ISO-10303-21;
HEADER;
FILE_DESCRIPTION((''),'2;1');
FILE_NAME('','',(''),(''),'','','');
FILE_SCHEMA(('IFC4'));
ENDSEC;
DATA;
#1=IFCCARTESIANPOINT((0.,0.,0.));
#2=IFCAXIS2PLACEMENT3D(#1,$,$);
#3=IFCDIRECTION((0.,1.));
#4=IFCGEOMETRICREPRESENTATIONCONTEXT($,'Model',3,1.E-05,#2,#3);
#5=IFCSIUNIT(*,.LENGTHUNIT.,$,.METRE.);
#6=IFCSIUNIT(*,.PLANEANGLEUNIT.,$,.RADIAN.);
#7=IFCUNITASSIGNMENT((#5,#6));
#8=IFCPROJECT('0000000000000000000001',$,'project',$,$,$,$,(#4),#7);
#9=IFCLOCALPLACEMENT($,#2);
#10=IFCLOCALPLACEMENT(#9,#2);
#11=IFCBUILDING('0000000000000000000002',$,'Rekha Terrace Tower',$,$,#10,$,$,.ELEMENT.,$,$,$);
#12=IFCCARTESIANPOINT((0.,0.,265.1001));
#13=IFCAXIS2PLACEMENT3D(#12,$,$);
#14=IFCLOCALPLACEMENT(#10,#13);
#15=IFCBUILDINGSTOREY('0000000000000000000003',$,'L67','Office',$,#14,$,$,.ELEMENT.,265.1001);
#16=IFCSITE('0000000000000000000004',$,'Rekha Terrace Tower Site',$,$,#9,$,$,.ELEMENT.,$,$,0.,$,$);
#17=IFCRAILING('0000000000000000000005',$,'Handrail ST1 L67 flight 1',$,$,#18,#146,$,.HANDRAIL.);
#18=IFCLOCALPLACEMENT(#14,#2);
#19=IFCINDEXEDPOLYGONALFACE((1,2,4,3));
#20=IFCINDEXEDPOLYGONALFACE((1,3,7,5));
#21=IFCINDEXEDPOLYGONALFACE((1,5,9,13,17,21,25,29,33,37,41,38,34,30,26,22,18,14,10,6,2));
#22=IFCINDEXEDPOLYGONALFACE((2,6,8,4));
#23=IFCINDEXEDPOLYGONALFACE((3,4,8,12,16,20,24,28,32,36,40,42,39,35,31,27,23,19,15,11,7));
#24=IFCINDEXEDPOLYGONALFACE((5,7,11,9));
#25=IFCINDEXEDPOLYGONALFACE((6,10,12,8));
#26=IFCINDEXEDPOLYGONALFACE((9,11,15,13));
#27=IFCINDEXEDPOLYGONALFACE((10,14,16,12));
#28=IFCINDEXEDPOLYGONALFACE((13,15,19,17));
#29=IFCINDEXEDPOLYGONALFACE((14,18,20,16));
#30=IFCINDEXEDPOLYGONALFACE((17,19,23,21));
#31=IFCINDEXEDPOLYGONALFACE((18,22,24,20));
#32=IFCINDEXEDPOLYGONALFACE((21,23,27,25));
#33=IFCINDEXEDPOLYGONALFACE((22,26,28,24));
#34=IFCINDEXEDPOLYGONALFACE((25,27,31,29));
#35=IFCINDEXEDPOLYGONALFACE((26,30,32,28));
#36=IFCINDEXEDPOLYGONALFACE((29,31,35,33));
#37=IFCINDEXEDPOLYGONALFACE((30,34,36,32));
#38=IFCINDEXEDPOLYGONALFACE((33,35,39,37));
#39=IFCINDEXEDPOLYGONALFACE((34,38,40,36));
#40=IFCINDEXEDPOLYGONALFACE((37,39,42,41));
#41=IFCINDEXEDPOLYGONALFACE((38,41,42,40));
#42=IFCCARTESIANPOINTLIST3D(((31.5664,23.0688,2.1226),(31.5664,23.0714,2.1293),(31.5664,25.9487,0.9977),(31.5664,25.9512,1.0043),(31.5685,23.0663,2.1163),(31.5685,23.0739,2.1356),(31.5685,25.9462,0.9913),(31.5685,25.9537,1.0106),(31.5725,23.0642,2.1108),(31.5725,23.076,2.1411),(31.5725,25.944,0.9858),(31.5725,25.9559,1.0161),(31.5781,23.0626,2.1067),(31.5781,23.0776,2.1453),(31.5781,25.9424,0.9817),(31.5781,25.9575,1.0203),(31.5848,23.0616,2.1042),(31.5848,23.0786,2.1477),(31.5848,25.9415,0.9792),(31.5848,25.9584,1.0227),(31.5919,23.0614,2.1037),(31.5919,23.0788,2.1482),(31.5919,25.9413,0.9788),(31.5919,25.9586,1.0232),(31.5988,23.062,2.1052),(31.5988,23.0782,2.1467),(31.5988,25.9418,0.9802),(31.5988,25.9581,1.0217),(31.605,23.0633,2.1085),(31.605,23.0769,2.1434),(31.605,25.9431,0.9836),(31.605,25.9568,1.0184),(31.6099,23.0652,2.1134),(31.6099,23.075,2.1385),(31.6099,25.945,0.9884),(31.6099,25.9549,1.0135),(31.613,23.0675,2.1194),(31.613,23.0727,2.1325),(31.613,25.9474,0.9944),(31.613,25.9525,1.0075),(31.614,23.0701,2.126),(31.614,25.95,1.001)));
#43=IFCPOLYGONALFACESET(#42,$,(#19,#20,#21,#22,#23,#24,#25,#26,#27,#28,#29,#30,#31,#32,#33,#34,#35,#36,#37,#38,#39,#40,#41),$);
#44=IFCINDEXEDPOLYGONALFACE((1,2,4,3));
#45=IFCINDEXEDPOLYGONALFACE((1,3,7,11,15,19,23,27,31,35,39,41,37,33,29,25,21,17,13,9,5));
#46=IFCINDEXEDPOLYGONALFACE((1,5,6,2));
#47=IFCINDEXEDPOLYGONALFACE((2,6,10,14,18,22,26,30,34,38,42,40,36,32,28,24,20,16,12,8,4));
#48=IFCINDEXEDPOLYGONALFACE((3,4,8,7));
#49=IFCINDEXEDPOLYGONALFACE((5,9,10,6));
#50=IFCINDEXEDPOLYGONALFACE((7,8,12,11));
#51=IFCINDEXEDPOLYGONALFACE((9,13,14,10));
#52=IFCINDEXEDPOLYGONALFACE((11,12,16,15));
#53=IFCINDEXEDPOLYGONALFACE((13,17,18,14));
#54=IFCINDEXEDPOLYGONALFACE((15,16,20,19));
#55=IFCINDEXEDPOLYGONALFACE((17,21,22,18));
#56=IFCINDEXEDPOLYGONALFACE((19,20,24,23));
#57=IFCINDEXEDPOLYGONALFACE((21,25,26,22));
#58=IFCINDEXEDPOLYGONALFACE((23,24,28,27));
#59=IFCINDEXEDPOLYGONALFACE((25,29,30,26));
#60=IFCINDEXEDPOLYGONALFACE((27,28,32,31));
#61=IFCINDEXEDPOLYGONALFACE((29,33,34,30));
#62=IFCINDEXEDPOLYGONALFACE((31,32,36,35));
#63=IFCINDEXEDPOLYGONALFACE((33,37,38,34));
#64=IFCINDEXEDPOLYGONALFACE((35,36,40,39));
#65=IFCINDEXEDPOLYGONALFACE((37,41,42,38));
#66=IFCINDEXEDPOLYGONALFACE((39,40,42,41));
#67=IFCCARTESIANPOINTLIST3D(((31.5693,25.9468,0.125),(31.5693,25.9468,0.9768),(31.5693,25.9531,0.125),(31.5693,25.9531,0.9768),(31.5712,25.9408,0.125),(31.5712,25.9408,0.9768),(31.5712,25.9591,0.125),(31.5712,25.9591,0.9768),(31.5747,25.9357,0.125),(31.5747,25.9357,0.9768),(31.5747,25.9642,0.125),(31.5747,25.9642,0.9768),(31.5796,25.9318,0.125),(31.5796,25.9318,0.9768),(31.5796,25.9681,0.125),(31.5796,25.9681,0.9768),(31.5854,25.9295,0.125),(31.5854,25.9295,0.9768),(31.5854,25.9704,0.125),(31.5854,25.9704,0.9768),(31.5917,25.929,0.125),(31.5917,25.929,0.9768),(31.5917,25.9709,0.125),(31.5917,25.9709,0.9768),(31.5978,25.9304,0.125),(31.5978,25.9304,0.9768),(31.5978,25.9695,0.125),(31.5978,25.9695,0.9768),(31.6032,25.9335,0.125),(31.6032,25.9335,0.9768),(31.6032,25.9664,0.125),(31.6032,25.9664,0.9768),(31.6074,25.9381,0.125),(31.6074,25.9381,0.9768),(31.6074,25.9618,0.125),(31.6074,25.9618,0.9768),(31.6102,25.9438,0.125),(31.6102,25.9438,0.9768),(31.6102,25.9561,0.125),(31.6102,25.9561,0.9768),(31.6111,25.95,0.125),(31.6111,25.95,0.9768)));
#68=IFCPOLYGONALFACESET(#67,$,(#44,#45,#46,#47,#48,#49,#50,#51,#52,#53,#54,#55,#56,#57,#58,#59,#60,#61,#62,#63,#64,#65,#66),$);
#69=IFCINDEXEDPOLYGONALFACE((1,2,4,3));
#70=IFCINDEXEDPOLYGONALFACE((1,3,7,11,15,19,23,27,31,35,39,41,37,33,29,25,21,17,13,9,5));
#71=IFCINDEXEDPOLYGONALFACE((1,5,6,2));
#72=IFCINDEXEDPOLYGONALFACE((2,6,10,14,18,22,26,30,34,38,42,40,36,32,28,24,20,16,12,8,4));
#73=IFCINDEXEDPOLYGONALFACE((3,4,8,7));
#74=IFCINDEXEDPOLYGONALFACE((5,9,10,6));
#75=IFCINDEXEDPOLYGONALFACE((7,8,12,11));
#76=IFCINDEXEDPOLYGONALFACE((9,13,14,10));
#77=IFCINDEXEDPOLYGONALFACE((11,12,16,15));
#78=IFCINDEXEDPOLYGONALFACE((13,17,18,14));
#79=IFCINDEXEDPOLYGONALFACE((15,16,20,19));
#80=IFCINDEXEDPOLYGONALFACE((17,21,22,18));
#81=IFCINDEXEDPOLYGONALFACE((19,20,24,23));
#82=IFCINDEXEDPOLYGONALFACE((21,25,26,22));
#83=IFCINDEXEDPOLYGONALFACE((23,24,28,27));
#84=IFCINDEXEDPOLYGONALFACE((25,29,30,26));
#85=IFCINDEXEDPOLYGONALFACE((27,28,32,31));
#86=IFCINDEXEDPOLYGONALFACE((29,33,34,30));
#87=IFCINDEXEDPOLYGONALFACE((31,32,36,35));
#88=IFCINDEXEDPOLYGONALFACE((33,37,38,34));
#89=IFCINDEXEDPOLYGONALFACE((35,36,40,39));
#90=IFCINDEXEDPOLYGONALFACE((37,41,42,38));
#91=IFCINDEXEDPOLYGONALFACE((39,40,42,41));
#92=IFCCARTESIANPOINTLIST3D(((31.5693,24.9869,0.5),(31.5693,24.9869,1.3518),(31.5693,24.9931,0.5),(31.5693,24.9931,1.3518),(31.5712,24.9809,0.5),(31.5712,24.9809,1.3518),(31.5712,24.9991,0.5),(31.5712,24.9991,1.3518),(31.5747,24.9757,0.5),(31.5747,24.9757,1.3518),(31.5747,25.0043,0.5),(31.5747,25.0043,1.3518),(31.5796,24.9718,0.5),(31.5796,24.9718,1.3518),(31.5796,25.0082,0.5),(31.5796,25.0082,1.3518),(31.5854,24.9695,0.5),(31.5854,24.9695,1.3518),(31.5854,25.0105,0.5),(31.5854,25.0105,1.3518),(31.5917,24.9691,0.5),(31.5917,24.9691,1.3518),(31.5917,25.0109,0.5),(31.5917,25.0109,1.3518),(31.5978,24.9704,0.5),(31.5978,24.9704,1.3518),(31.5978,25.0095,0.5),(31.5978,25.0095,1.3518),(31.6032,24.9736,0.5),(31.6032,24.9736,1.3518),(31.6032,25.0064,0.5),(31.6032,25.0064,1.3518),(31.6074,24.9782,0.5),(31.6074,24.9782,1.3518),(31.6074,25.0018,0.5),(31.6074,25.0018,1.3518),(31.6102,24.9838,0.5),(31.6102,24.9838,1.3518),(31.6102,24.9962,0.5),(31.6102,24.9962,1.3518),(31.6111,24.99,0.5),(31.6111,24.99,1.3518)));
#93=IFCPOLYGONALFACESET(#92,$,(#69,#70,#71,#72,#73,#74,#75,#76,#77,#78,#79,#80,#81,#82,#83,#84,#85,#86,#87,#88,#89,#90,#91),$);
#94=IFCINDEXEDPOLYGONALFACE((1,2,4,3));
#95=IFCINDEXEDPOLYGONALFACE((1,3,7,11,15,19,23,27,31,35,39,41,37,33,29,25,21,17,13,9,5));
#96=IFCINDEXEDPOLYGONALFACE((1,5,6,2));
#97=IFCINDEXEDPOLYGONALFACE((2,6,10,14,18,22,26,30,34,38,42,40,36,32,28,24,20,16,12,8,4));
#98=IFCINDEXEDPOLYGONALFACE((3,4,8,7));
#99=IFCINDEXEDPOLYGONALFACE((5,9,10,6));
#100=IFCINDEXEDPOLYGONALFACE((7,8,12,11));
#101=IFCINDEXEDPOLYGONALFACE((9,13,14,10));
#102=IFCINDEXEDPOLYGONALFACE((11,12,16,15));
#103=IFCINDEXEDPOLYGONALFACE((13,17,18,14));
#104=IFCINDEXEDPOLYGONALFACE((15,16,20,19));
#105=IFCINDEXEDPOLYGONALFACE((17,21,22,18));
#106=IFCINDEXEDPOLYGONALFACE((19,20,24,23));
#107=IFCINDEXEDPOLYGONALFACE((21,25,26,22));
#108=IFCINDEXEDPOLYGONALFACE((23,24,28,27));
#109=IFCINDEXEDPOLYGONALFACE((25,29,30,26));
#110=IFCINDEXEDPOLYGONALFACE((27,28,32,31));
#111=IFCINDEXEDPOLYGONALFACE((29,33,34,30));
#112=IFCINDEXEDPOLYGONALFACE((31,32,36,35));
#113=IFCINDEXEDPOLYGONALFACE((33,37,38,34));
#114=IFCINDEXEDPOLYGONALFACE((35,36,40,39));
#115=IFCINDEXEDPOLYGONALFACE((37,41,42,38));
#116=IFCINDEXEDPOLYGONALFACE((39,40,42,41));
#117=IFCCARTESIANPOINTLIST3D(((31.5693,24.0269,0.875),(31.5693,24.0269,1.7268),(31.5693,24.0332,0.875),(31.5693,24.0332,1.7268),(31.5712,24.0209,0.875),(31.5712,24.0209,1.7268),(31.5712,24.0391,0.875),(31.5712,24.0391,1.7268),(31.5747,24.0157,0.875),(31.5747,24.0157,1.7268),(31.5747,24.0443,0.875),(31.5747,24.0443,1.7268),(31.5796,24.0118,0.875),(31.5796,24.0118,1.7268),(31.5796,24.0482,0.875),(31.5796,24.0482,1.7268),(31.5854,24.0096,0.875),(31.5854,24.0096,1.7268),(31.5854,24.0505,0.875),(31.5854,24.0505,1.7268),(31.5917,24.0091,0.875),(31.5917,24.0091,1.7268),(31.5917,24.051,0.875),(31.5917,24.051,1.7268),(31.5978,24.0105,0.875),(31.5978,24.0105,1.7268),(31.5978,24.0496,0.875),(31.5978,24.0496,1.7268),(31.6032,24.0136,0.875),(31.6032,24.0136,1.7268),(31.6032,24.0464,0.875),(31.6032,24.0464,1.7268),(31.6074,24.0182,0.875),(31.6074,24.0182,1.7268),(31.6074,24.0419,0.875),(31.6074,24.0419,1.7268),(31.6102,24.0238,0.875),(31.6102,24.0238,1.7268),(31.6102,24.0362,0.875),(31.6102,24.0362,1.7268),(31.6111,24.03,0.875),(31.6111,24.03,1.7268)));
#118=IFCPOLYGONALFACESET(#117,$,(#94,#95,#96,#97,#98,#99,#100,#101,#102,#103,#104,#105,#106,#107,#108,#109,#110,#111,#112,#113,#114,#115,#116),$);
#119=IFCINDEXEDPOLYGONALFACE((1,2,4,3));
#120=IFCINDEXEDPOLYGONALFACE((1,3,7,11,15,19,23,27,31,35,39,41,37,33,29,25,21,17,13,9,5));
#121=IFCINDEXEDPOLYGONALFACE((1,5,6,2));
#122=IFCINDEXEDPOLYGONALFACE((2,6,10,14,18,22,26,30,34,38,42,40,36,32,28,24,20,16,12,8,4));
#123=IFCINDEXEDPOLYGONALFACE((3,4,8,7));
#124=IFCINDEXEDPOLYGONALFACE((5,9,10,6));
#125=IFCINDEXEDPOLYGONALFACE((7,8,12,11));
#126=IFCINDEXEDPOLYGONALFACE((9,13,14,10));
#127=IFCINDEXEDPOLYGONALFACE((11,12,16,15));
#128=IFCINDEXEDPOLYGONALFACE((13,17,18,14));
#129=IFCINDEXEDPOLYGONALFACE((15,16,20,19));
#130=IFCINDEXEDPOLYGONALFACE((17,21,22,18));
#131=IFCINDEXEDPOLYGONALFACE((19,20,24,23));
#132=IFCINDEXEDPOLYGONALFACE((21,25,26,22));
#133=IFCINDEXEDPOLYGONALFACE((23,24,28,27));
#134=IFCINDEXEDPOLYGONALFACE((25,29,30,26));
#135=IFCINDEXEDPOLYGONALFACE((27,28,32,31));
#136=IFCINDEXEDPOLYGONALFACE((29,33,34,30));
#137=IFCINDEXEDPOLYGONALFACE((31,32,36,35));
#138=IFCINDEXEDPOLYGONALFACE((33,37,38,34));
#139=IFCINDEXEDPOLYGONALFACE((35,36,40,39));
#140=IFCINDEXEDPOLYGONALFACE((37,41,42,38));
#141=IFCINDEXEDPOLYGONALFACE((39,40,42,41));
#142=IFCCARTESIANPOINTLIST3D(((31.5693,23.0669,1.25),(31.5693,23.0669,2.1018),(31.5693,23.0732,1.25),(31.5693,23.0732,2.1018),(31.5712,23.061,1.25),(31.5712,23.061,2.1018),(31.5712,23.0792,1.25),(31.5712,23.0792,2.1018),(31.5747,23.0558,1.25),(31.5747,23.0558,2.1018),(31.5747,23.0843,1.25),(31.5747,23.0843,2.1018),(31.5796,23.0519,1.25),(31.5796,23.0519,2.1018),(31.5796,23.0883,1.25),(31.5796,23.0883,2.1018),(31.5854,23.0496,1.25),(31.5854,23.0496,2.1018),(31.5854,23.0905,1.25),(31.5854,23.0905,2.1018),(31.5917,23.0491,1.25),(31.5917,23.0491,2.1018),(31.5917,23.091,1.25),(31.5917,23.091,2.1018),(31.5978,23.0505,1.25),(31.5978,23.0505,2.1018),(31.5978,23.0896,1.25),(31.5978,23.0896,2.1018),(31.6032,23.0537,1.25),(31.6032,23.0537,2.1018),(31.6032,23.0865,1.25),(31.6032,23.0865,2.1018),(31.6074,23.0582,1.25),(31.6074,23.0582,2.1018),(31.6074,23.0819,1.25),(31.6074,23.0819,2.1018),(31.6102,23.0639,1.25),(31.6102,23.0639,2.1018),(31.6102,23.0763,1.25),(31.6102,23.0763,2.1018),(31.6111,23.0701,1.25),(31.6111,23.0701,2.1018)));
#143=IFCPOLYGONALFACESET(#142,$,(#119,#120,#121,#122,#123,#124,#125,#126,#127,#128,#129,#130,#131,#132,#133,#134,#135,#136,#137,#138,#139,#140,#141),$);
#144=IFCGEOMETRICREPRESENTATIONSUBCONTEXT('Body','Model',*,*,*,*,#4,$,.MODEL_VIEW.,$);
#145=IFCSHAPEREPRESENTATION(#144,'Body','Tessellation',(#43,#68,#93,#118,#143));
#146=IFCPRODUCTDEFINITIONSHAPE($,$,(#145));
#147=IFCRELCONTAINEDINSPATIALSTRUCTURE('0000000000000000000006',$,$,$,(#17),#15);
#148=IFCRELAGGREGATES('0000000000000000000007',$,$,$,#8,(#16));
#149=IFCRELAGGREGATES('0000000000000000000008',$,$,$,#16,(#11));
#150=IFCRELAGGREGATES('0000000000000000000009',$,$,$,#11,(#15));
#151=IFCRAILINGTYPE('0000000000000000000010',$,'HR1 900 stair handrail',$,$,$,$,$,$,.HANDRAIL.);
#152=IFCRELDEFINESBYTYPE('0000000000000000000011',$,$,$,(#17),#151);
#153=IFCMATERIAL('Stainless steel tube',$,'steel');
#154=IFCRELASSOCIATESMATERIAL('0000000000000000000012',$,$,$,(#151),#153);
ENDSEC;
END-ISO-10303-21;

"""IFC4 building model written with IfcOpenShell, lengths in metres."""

from ifc_helpers import new_model, si_unit, direction, frame, origin, origin_2d, place, context, subcontext, project, spatial, circle, extrude, material, type_object, element, save


model = new_model("IFC4")

# Units and contexts
model_context = context("Model", 3, precision=1e-05, world=origin(), true_north=direction((0.0, 1.0)))
body_context = subcontext(model_context, "Body", "Model", "MODEL_VIEW")
ifc_project = project(units=[si_unit("LENGTHUNIT", "METRE"), si_unit("PLANEANGLEUNIT", "RADIAN")], contexts=[model_context])

# Site, building, storey
site_placement = place(None, origin())
site = spatial("IfcSite", under=ifc_project, at=site_placement, Name="Rekha Terrace Tower Site", CompositionType="ELEMENT", RefElevation=0.0)
building_placement = place(site_placement, origin())
building = spatial("IfcBuilding", under=site, at=building_placement, Name="Rekha Terrace Tower", CompositionType="ELEMENT")
storey_placement = place(building_placement, frame((0.0, 0.0, 265.1001)))
storey = spatial("IfcBuildingStorey", under=building, at=storey_placement, Name="L67", Description="Office", CompositionType="ELEMENT", Elevation=265.1001)

# Railing
ifc_material_1 = material(Name="Stainless steel tube", Category="steel")
railing_type_1 = type_object("IfcRailingType", Name="HR1 900 stair handrail", PredefinedType="HANDRAIL", material=ifc_material_1)
railing_1_placement = place(storey_placement, frame((31.5901, 25.95, 0.125)))
element("IfcRailing", 1, at=railing_1_placement, inside=storey, type_object=railing_type_1, Name="Handrail ST1 L67 flight 1", PredefinedType="HANDRAIL", context=body_context, shape_type="SweptSolid", body=[
    extrude(circle(Radius=0.0239, at=origin_2d()), frame((0.0, 0.0, 0.876), z_axis=(0.0, -0.931452, 0.363863), x_axis=(1.0, 0.0, 0.0)), (0.0, 0.0, 1.0), 3.0918),
    extrude(circle(Radius=0.021, at=origin_2d()), origin(), (0.0, 0.0, 1.0), 0.8518),
    extrude(circle(Radius=0.021, at=origin_2d()), frame((0.0, -0.96, 0.375)), (0.0, 0.0, 1.0), 0.8518),
    extrude(circle(Radius=0.021, at=origin_2d()), frame((0.0, -1.9199, 0.75)), (0.0, 0.0, 1.0), 0.8518),
    extrude(circle(Radius=0.021, at=origin_2d()), frame((0.0, -2.8799, 1.125)), (0.0, 0.0, 1.0), 0.8518),
])

save(model, "model.ifc")
